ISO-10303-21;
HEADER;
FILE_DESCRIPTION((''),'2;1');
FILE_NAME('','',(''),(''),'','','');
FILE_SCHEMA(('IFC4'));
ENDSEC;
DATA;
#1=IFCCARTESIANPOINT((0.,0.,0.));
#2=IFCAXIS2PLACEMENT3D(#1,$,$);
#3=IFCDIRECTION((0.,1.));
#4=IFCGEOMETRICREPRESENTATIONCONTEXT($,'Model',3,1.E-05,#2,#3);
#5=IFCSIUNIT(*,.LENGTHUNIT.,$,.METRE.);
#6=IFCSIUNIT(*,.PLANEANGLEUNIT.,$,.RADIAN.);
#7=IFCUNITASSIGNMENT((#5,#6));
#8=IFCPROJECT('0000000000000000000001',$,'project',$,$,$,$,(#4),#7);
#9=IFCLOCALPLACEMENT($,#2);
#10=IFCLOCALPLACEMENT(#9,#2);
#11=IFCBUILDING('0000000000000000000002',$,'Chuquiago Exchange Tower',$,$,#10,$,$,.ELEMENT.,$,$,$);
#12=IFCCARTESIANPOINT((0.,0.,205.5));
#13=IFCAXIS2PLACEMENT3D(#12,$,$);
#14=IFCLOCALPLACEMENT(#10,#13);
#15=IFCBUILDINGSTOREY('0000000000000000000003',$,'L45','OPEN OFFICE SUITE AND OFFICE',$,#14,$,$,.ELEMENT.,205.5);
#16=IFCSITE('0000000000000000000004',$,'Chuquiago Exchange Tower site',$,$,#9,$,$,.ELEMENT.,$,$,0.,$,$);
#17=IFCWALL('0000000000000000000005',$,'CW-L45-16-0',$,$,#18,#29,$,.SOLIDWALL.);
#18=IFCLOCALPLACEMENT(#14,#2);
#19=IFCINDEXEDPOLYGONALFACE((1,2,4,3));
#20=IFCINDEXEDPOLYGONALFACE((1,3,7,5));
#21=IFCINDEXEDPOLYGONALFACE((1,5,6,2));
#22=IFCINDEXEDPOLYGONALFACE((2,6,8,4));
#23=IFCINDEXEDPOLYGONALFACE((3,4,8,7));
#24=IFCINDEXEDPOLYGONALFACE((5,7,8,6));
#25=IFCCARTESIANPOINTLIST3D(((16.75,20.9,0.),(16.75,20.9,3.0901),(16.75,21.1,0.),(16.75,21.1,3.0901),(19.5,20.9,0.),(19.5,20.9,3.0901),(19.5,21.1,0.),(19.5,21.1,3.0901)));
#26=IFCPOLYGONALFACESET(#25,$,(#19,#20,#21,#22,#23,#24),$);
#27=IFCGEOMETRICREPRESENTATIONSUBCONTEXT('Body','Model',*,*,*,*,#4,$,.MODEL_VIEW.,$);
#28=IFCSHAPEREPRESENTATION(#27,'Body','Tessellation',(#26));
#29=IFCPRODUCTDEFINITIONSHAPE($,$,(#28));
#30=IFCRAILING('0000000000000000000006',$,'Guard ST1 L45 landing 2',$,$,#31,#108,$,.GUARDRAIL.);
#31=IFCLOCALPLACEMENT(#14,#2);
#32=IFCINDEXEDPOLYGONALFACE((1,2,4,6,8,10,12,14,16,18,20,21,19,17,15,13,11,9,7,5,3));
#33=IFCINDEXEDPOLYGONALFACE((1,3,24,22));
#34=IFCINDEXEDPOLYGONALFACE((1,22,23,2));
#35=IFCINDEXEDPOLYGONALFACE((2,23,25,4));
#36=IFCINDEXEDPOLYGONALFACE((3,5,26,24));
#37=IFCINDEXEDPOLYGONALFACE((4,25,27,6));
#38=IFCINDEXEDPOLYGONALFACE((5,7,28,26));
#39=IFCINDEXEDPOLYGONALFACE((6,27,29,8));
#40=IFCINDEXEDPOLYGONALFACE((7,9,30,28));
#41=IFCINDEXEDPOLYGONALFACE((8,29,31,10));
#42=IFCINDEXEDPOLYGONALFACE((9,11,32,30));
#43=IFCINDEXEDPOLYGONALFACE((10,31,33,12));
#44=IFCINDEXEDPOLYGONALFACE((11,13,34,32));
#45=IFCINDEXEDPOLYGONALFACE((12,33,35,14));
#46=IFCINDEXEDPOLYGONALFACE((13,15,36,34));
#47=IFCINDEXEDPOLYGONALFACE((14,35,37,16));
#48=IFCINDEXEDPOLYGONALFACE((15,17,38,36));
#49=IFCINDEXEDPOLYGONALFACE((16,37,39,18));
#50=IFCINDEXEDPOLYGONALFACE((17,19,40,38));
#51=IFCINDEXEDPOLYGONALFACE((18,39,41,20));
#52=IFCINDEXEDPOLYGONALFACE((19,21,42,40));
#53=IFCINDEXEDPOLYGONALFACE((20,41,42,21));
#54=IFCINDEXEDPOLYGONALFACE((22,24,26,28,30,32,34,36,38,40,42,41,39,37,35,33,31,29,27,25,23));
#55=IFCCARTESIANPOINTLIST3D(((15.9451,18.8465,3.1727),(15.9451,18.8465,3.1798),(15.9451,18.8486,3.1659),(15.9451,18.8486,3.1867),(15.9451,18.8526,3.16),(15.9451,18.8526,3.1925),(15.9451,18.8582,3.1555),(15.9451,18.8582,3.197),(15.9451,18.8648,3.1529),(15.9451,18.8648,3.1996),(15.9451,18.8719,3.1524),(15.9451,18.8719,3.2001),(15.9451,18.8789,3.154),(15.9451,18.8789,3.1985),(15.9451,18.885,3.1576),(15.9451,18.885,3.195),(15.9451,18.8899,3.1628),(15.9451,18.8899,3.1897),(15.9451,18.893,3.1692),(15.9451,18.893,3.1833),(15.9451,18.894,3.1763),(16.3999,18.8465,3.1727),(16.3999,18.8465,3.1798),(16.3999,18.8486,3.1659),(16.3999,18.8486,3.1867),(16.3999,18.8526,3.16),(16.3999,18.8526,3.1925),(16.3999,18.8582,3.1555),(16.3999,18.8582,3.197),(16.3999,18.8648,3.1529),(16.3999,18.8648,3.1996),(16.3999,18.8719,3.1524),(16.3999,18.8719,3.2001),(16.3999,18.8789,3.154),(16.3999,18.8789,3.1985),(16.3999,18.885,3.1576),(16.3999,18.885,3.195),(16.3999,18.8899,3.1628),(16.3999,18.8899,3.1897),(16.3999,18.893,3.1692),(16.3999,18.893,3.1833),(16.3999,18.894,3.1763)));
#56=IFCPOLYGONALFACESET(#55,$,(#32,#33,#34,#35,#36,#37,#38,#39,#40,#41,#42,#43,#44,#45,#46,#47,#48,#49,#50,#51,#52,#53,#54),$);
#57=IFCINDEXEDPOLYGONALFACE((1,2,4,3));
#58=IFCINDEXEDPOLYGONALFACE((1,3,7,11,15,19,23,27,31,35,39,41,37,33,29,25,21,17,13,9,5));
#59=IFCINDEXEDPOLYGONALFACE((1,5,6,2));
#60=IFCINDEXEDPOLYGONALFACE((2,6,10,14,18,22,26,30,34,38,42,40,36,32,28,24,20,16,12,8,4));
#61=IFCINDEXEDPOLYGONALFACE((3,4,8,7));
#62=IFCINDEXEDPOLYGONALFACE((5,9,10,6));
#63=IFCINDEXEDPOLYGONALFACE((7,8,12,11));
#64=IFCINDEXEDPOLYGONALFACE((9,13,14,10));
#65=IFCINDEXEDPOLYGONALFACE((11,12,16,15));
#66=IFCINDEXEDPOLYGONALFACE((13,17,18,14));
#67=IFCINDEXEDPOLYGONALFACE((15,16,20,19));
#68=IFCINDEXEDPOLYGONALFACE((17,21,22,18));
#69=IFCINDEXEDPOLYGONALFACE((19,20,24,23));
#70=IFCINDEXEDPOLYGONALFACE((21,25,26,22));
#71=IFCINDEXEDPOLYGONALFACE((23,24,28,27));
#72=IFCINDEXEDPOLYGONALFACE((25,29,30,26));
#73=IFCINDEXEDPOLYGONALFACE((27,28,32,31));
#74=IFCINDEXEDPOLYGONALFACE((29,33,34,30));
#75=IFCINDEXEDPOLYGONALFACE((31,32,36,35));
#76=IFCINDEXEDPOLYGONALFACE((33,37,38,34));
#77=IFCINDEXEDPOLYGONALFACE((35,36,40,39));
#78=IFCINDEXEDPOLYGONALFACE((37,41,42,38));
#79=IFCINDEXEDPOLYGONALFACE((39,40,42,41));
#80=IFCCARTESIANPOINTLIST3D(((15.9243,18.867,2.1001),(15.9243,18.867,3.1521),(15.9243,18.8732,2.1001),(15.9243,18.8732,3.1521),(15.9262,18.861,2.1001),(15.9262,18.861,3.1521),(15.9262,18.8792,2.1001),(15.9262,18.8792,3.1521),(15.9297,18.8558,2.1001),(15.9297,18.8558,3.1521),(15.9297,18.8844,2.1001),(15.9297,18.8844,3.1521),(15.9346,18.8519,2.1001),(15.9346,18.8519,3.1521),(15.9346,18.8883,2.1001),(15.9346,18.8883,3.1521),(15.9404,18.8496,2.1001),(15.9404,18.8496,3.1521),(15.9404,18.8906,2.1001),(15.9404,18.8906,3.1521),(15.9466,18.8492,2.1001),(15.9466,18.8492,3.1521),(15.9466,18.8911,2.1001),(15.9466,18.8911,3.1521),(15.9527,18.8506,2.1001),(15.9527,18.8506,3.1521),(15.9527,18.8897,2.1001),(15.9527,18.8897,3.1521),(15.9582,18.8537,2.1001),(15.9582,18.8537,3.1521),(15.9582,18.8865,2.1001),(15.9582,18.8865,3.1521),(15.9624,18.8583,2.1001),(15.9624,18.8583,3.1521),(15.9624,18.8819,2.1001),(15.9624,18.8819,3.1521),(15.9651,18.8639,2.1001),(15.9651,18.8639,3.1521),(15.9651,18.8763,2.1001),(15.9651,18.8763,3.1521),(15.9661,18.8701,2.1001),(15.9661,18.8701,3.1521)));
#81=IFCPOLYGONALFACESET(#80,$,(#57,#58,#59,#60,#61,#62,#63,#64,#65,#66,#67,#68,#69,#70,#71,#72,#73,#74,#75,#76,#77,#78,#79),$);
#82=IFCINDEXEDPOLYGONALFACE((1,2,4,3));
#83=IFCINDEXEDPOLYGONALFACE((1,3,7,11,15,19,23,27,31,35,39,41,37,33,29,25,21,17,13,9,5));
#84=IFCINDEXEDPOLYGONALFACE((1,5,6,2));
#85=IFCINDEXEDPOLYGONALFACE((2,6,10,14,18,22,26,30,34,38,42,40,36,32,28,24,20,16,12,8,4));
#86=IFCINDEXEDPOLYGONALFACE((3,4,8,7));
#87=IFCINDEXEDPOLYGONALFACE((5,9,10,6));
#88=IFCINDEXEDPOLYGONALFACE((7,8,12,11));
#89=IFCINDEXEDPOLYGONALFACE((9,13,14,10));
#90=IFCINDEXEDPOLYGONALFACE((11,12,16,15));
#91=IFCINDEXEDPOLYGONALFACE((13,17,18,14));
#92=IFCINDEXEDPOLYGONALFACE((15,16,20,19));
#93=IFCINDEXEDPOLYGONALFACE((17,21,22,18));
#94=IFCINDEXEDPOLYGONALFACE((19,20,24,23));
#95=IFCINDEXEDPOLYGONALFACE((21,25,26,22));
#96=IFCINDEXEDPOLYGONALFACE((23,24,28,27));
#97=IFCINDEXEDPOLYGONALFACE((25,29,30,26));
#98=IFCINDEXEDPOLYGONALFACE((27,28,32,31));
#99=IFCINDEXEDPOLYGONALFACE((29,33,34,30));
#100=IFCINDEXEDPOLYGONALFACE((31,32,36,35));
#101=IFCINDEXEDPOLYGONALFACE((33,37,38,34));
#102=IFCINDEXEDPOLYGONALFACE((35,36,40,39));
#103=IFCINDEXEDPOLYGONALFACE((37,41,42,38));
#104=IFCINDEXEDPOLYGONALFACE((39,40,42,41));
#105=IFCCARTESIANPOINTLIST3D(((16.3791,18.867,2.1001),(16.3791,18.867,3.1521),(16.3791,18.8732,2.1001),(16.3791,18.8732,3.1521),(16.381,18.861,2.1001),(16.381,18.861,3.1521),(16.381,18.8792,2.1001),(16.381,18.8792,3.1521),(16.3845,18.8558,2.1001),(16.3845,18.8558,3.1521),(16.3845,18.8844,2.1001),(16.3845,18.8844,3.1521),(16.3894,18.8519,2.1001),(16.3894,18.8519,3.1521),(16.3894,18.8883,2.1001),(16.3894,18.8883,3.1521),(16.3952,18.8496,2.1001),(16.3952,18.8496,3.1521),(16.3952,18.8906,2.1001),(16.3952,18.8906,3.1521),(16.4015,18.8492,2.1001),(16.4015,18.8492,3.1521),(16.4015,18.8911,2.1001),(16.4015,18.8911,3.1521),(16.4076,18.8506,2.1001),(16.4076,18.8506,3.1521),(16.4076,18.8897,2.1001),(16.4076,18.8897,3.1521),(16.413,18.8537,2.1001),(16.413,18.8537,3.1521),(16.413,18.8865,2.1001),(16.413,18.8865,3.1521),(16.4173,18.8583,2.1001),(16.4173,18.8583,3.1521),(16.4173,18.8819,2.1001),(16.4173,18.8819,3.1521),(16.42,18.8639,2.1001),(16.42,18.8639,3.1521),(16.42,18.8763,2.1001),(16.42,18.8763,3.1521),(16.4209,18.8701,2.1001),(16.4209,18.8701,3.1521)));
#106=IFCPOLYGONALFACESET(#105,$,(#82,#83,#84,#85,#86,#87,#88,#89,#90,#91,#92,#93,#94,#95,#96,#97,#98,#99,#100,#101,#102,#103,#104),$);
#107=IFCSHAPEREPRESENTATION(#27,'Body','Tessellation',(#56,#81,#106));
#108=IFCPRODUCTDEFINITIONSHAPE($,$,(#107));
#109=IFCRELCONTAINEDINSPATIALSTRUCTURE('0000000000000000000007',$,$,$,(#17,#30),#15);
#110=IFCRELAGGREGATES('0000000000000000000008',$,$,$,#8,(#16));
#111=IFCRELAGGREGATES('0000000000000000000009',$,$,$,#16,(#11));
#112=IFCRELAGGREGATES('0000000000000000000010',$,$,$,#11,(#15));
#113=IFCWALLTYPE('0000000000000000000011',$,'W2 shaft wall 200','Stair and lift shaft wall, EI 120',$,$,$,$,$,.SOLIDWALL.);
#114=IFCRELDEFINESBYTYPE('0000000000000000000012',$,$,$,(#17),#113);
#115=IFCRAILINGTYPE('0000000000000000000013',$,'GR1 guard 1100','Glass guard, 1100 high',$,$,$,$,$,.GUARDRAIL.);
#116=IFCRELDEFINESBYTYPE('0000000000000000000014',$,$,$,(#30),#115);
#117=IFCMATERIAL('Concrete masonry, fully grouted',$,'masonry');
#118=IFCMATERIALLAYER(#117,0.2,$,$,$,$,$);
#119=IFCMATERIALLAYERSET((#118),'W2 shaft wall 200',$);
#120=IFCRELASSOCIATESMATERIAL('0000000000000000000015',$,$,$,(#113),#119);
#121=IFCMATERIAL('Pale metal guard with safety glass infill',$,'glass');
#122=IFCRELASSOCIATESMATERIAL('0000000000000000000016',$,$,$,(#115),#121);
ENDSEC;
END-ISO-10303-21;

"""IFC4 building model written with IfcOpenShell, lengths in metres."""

from ifc_helpers import new_model, si_unit, direction, frame, frame_2d, origin, origin_2d, place, context, subcontext, project, spatial, rectangle, circle, extrude, material, layer, layer_set, type_object, element, save


model = new_model("IFC4")

# Units and contexts
model_context = context("Model", 3, precision=1e-05, world=origin(), true_north=direction((0.0, 1.0)))
body_context = subcontext(model_context, "Body", "Model", "MODEL_VIEW")
ifc_project = project(units=[si_unit("LENGTHUNIT", "METRE"), si_unit("PLANEANGLEUNIT", "RADIAN")], contexts=[model_context])

# Site, building, storey
site_placement = place(None, origin())
site = spatial("IfcSite", under=ifc_project, at=site_placement, Name="Chuquiago Exchange Tower site", CompositionType="ELEMENT", RefElevation=0.0)
building_placement = place(site_placement, origin())
building = spatial("IfcBuilding", under=site, at=building_placement, Name="Chuquiago Exchange Tower", CompositionType="ELEMENT")
storey_placement = place(building_placement, frame((0.0, 0.0, 205.5)))
storey = spatial("IfcBuildingStorey", under=building, at=storey_placement, Name="L45", Description="OPEN OFFICE SUITE AND OFFICE", CompositionType="ELEMENT", Elevation=205.5)

# Wall
ifc_material_1 = material(Name="Concrete masonry, fully grouted", Category="masonry")
ifc_layer = layer(ifc_material_1, 0.2)
ifc_layer_set = layer_set([ifc_layer], Name="W2 shaft wall 200")
wall_type = type_object("IfcWallType", Name="W2 shaft wall 200", Description="Stair and lift shaft wall, EI 120", PredefinedType="SOLIDWALL", material=ifc_layer_set)
wall_1_placement = place(storey_placement, frame((16.75, 21.0, 0.0), z_axis=(0.0, 0.0, 1.0), x_axis=(1.0, 0.0, 0.0)))
element("IfcWall", 1, at=wall_1_placement, inside=storey, type_object=wall_type, Name="CW-L45-16-0", PredefinedType="SOLIDWALL", context=body_context, shape_type="SweptSolid", body=[
    extrude(rectangle(XDim=2.75, YDim=0.2, at=frame_2d((1.375, 0.0))), origin(), (0.0, 0.0, 1.0), 3.0901),
])

# Railing
ifc_material_2 = material(Name="Pale metal guard with safety glass infill", Category="glass")
railing_type_1 = type_object("IfcRailingType", Name="GR1 guard 1100", Description="Glass guard, 1100 high", PredefinedType="GUARDRAIL", material=ifc_material_2)
railing_placement = place(storey_placement, frame((15.9451, 18.8701, 2.1001)))
element("IfcRailing", 2, at=railing_placement, inside=storey, type_object=railing_type_1, Name="Guard ST1 L45 landing 2", PredefinedType="GUARDRAIL", context=body_context, shape_type="SweptSolid", body=[
    extrude(circle(Radius=0.0239, at=origin_2d()), frame((0.0, 0.0, 1.0762), z_axis=(1.0, 0.0, 0.0), x_axis=(0.0, 1.0, 0.0)), (0.0, 0.0, 1.0), 0.4548),
    extrude(circle(Radius=0.021, at=origin_2d()), origin(), (0.0, 0.0, 1.0), 1.052),
    extrude(circle(Radius=0.021, at=origin_2d()), frame((0.4548, 0.0, 0.0)), (0.0, 0.0, 1.0), 1.052),
])

save(model, "model.ifc")
